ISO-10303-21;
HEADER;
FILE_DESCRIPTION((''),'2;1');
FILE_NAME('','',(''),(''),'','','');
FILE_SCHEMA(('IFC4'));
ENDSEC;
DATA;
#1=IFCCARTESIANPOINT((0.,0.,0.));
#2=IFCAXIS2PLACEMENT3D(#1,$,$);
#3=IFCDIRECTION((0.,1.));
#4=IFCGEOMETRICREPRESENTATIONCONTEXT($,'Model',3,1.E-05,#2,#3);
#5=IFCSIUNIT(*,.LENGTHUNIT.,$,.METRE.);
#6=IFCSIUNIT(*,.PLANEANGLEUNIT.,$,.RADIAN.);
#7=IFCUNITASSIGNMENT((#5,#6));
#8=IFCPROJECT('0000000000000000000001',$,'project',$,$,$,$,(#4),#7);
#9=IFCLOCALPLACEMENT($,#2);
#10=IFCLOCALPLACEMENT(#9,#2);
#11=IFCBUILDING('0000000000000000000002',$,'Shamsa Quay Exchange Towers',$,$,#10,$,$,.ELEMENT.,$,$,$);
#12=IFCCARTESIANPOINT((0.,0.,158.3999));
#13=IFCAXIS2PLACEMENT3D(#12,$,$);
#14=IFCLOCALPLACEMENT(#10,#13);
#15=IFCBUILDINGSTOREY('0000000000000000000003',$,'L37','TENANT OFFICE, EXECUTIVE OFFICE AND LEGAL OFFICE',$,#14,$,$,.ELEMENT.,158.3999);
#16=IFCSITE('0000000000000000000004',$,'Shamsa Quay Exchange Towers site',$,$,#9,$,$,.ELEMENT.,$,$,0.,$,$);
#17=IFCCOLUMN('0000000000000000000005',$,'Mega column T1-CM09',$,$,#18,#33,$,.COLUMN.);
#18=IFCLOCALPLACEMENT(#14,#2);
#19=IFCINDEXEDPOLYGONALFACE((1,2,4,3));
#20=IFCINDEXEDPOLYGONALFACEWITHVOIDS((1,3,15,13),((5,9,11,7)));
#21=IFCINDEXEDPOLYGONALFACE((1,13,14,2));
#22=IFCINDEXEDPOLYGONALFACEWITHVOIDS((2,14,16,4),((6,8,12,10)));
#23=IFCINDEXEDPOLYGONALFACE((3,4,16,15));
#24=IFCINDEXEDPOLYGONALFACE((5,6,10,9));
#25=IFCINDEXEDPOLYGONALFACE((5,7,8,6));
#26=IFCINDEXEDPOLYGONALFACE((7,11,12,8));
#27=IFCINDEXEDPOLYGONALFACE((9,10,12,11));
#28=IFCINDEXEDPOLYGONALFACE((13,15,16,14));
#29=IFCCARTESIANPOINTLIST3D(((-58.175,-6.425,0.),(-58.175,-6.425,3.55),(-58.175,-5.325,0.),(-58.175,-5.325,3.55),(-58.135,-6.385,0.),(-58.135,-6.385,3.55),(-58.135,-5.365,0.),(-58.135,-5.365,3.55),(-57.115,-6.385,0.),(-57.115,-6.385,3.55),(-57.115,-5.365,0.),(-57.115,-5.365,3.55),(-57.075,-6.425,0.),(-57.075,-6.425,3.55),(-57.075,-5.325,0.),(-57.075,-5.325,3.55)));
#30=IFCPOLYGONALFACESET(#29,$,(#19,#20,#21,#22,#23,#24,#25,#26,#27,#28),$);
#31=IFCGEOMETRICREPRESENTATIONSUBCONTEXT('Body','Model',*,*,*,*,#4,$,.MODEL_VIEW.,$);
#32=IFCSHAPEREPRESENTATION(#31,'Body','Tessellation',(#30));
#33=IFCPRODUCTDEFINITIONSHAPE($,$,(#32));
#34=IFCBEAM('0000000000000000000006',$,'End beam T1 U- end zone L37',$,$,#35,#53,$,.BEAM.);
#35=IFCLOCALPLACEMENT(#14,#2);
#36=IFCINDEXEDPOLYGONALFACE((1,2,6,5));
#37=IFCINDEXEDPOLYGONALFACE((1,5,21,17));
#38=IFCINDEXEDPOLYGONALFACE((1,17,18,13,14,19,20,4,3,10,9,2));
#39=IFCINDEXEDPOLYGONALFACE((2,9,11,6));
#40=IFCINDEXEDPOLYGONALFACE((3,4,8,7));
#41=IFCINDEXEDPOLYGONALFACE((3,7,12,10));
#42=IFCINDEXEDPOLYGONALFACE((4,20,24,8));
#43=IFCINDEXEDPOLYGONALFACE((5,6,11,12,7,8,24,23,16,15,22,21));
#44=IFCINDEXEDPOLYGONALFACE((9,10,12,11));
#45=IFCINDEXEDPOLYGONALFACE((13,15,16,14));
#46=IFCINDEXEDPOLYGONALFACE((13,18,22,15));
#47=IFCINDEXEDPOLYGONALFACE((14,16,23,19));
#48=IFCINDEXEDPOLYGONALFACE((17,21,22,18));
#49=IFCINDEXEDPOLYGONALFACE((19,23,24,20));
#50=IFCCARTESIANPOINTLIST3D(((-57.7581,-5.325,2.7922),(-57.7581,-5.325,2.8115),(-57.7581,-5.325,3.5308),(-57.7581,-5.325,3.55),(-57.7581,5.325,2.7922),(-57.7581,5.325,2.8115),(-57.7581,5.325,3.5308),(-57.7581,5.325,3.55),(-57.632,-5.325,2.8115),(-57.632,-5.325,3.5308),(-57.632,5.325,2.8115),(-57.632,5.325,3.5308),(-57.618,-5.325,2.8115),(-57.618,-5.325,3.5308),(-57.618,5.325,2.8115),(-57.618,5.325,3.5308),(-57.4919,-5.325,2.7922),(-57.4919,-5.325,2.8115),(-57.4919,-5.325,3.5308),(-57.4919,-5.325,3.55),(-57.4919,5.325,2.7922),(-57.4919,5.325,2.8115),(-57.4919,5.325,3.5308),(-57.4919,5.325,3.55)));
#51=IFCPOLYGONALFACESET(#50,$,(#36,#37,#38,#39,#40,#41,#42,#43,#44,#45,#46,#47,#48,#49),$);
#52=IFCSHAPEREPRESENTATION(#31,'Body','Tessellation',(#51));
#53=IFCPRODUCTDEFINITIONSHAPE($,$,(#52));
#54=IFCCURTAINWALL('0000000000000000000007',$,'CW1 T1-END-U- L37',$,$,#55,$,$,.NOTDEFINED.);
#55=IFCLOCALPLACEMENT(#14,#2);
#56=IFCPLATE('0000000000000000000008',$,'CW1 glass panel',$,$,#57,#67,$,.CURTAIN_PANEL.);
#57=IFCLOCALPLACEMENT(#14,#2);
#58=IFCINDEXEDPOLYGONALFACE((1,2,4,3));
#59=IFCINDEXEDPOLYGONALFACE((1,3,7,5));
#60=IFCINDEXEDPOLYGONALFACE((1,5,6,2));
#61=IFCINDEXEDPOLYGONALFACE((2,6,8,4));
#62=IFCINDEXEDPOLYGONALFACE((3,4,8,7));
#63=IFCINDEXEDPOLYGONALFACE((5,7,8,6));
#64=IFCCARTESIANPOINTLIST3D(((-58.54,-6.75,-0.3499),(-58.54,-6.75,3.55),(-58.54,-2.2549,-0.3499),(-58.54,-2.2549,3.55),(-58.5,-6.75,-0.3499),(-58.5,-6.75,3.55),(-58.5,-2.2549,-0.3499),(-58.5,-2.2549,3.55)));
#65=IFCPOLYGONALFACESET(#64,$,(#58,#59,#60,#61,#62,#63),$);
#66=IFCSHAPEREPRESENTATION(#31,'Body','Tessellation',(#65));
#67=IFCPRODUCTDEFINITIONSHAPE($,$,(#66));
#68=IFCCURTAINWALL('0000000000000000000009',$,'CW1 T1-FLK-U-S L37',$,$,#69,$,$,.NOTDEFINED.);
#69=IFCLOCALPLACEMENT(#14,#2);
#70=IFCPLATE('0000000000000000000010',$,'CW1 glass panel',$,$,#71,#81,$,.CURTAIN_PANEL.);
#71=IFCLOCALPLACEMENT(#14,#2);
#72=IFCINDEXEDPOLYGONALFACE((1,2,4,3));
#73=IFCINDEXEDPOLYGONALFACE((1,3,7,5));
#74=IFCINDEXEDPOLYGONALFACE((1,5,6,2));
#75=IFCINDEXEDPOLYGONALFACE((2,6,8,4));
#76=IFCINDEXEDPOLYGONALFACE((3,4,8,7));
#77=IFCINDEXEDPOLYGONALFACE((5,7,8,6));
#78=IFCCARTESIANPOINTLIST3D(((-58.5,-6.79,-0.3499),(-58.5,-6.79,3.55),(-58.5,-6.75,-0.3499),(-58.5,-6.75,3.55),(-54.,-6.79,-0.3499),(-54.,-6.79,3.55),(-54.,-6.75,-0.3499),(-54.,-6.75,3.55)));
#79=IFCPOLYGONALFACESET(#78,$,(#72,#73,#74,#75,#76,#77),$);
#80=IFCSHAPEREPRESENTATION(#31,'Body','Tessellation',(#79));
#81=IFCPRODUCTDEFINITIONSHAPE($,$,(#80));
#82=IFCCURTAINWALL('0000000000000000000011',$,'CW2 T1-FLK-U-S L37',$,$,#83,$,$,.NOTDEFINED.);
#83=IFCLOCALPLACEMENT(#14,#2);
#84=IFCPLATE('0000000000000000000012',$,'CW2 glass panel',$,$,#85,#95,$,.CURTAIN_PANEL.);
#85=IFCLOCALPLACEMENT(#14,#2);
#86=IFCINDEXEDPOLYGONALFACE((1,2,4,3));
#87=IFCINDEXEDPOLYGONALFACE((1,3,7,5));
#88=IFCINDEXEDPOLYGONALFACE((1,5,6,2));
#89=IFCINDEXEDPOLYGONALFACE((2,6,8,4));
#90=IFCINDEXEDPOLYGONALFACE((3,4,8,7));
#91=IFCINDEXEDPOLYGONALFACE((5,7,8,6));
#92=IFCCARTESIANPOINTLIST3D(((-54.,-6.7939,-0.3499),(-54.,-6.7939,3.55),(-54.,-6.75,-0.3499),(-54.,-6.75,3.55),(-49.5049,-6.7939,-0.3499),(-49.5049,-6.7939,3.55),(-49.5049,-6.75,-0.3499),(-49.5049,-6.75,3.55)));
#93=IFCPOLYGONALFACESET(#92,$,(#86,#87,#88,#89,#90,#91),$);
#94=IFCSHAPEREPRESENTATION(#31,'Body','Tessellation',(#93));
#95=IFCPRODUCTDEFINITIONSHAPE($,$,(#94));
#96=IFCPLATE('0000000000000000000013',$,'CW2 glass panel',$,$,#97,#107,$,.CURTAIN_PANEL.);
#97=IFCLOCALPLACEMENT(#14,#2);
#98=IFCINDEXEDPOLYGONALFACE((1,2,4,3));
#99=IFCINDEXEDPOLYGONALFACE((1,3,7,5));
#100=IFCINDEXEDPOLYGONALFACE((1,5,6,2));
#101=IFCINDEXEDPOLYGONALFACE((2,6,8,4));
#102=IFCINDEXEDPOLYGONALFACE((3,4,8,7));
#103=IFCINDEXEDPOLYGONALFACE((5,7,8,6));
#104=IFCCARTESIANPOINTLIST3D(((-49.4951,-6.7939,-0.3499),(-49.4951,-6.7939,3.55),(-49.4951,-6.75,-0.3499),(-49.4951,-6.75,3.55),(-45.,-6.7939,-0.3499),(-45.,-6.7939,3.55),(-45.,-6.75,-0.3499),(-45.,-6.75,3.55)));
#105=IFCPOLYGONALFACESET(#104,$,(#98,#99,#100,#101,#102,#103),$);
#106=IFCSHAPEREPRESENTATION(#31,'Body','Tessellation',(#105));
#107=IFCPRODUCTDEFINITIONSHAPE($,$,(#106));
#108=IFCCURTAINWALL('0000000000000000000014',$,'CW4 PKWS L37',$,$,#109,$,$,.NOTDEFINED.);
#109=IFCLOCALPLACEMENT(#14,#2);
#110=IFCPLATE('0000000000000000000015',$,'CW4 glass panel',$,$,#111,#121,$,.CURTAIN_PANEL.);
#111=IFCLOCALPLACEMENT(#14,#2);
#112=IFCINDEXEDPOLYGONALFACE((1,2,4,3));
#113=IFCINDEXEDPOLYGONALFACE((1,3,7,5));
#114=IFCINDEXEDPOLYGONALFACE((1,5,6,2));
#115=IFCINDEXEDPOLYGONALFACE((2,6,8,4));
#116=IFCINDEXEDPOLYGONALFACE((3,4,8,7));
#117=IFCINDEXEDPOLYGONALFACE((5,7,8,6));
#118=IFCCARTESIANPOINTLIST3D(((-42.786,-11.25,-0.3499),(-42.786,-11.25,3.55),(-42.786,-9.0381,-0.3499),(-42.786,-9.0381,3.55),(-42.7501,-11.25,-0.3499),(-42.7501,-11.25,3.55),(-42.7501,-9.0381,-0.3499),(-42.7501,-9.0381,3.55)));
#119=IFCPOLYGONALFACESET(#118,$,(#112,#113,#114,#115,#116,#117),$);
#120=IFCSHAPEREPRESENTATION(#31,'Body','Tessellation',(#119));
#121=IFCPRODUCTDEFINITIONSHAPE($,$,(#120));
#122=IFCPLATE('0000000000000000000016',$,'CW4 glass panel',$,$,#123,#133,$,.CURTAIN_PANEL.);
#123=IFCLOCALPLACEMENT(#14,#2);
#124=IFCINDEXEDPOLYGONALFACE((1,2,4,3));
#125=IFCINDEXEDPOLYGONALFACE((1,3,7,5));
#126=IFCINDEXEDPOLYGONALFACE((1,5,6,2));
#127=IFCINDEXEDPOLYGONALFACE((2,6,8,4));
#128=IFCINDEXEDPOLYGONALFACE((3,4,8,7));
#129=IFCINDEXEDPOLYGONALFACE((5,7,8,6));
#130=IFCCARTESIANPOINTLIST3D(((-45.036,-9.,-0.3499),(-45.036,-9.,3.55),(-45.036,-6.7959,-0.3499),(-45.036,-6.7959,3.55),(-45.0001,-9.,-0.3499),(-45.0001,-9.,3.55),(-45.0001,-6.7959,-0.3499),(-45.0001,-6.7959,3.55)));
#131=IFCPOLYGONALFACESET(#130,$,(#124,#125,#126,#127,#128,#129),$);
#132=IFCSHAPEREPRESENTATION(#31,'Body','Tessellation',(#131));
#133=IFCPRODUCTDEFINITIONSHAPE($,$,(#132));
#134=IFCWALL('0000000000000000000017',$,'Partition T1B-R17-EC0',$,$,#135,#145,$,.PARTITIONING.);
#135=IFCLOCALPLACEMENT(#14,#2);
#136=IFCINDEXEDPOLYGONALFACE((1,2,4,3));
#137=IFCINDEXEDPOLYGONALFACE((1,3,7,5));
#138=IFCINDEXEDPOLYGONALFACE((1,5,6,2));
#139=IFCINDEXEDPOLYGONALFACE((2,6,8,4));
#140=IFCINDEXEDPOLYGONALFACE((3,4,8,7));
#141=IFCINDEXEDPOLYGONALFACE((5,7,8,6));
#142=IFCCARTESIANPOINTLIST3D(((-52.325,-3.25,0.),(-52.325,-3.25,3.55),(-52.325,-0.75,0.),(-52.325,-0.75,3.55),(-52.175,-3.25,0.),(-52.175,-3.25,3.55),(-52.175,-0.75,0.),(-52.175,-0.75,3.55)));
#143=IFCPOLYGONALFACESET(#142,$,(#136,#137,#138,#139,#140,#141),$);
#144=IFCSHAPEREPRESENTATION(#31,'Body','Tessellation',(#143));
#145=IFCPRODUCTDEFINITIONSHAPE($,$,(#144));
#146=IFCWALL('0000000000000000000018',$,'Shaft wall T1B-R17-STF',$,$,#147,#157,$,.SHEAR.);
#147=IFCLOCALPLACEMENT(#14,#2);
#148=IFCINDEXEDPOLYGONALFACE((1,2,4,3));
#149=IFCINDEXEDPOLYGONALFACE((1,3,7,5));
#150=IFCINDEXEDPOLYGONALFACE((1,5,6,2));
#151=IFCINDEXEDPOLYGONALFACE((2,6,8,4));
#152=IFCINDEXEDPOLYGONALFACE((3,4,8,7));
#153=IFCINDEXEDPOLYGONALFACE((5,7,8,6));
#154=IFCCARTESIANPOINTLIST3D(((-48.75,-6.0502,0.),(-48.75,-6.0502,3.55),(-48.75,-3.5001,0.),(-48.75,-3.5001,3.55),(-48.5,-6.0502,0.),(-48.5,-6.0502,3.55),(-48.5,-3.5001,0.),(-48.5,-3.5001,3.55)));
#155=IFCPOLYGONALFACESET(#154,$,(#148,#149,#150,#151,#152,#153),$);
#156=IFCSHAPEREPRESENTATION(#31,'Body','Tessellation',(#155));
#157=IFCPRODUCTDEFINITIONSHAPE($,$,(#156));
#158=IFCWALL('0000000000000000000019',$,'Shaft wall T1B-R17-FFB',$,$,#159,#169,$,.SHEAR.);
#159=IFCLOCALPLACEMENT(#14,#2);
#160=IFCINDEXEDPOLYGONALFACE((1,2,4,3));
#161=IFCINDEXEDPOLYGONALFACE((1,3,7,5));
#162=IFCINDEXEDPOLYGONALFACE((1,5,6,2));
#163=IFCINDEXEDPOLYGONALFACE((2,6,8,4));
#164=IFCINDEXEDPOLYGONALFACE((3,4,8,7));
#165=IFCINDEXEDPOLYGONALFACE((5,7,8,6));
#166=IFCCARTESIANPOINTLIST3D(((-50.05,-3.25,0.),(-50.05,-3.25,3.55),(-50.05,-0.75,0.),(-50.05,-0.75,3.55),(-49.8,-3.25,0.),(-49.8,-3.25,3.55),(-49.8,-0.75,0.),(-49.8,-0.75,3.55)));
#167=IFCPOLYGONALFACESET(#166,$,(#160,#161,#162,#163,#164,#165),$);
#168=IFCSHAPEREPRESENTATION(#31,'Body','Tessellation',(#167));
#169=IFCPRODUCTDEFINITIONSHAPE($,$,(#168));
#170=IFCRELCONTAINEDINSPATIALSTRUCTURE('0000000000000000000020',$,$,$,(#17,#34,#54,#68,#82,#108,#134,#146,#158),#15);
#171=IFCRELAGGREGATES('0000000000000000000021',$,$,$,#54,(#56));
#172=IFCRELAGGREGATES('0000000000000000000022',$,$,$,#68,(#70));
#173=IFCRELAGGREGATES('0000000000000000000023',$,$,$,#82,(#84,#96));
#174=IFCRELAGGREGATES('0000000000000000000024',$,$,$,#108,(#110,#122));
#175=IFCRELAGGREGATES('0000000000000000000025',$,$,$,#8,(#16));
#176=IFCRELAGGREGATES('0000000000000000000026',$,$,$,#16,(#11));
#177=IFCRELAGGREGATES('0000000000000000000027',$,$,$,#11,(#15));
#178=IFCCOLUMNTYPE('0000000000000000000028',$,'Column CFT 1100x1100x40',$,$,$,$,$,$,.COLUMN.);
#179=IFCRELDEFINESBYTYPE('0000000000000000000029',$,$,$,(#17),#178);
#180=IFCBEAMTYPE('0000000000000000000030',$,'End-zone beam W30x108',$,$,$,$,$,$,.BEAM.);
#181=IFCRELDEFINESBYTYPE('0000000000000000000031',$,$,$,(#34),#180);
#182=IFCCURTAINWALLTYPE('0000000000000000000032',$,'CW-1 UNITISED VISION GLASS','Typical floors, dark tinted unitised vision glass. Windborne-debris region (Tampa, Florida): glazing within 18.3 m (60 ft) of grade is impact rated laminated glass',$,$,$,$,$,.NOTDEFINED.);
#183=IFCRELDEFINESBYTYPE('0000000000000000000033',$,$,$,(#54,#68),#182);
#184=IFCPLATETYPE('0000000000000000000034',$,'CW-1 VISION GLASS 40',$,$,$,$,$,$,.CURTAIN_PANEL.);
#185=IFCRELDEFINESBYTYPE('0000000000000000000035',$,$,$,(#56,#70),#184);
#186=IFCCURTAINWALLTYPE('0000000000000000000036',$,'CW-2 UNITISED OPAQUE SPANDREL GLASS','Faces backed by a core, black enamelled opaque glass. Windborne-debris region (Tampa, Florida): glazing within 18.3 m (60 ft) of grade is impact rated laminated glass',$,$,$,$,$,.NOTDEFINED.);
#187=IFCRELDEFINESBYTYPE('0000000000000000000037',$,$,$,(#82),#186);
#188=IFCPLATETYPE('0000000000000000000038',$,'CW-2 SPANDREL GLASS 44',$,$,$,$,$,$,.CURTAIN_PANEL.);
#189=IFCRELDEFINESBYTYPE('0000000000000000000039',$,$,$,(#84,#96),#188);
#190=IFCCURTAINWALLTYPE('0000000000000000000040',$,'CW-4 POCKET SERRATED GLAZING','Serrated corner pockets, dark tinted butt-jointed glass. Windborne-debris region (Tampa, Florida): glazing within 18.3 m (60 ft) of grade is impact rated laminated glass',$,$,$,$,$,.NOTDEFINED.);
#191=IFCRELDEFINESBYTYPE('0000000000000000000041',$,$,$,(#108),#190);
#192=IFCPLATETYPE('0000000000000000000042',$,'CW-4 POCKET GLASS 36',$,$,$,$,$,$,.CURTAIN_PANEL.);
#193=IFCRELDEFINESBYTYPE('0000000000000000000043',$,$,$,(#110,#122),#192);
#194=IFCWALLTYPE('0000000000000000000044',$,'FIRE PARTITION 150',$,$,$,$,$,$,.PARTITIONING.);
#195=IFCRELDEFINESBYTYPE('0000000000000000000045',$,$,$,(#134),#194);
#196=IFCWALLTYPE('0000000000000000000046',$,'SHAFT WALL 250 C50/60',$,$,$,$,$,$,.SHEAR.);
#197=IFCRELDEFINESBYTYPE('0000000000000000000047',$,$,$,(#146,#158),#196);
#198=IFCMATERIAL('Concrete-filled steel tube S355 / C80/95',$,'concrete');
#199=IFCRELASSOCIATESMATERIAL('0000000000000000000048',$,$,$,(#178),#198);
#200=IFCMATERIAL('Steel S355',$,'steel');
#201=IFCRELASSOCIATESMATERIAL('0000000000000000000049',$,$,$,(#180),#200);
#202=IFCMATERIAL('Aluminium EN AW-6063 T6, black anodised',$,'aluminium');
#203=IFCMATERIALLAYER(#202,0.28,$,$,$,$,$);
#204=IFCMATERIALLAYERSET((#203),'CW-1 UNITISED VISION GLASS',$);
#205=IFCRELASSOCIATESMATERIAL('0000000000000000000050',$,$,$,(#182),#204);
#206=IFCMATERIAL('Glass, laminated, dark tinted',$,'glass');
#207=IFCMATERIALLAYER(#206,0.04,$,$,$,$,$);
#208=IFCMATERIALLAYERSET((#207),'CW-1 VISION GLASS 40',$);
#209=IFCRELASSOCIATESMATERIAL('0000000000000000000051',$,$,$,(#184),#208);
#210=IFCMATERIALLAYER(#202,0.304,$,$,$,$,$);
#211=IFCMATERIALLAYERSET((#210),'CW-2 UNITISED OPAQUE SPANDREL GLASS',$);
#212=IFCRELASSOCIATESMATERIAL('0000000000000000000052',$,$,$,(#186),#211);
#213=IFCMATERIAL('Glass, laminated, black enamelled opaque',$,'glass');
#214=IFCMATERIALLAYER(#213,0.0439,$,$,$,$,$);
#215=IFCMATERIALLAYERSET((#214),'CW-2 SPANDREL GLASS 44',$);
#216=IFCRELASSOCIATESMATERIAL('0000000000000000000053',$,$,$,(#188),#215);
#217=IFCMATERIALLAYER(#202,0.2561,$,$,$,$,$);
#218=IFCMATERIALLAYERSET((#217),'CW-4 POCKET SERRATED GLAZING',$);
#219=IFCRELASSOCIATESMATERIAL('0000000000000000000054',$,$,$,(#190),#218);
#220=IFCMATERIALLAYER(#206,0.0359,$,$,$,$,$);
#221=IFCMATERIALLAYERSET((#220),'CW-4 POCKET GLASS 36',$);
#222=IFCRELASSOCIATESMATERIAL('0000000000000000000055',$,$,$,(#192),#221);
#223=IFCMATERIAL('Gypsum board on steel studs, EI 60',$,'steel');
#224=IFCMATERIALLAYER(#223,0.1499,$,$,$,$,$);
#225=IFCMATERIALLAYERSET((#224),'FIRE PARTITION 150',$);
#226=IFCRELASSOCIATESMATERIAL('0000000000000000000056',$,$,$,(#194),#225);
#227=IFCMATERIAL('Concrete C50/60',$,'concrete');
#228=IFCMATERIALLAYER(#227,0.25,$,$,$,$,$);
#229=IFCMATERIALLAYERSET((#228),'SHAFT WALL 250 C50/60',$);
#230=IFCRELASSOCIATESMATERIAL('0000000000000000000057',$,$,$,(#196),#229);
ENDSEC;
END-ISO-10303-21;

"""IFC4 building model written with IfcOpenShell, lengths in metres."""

from ifc_helpers import new_model, si_unit, direction, frame, frame_2d, origin, origin_2d, place, context, subcontext, project, spatial, rectangle, hollow_rectangle, i_section, extrude, material, layer, layer_set, material_profile, profile_set, type_object, element, aggregate, save


model = new_model("IFC4")

# Units and contexts
model_context = context("Model", 3, precision=1e-05, world=origin(), true_north=direction((0.0, 1.0)))
body_context = subcontext(model_context, "Body", "Model", "MODEL_VIEW")
ifc_project = project(units=[si_unit("LENGTHUNIT", "METRE"), si_unit("PLANEANGLEUNIT", "RADIAN")], contexts=[model_context])

# Site, building, storey
site_placement = place(None, origin())
site = spatial("IfcSite", under=ifc_project, at=site_placement, Name="Shamsa Quay Exchange Towers site", CompositionType="ELEMENT", RefElevation=0.0)
building_placement = place(site_placement, origin())
building = spatial("IfcBuilding", under=site, at=building_placement, Name="Shamsa Quay Exchange Towers", CompositionType="ELEMENT")
storey_placement = place(building_placement, frame((0.0, 0.0, 158.3999)))
storey = spatial("IfcBuildingStorey", under=building, at=storey_placement, Name="L37", Description="TENANT OFFICE, EXECUTIVE OFFICE AND LEGAL OFFICE", CompositionType="ELEMENT", Elevation=158.3999)

# Column
ifc_material_1 = material(Name="Concrete-filled steel tube S355 / C80/95", Category="concrete")
ifc_material_profile_1 = material_profile(ifc_material_1, hollow_rectangle(XDim=1.1001, YDim=1.1001, WallThickness=0.04, at=origin_2d()), Name="CFT 1100x1100x40")
ifc_profile_set_1 = profile_set([ifc_material_profile_1], Name="Concrete-filled steel tube S355 / C80/95")
column_type = type_object("IfcColumnType", Name="Column CFT 1100x1100x40", PredefinedType="COLUMN", material=ifc_profile_set_1)
column_placement = place(storey_placement, frame((-57.625, -5.875, 0.0)))
element("IfcColumn", 1, at=column_placement, inside=storey, type_object=column_type, Name="Mega column T1-CM09", PredefinedType="COLUMN", context=body_context, shape_type="SweptSolid", body=[
    extrude(hollow_rectangle(XDim=1.1001, YDim=1.1001, WallThickness=0.04, at=origin_2d()), origin(), (0.0, 0.0, 1.0), 3.55),
])

# Beam
ifc_material_2 = material(Name="Steel S355", Category="steel")
ifc_material_profile_2 = material_profile(ifc_material_2, i_section(OverallWidth=0.2661, OverallDepth=0.7578, WebThickness=0.0139, FlangeThickness=0.0193, at=origin_2d()), Name="W30x108")
ifc_profile_set_2 = profile_set([ifc_material_profile_2], Name="Steel S355")
beam_type = type_object("IfcBeamType", Name="End-zone beam W30x108", PredefinedType="BEAM", material=ifc_profile_set_2)
beam_placement = place(storey_placement, frame((-57.625, -5.325, 3.1711), z_axis=(0.0, 1.0, 0.0), x_axis=(-1.0, 0.0, 0.0)))
element("IfcBeam", 2, at=beam_placement, inside=storey, type_object=beam_type, Name="End beam T1 U- end zone L37", PredefinedType="BEAM", context=body_context, shape_type="SweptSolid", body=[
    extrude(i_section(OverallWidth=0.2661, OverallDepth=0.7578, WebThickness=0.0139, FlangeThickness=0.0193, at=origin_2d()), origin(), (0.0, 0.0, 1.0), 10.6499),
])

# Curtain walls, plates
ifc_material_3 = material(Name="Aluminium EN AW-6063 T6, black anodised", Category="aluminium")
ifc_layer_1 = layer(ifc_material_3, 0.28)
ifc_layer_set_1 = layer_set([ifc_layer_1], Name="CW-1 UNITISED VISION GLASS")
curtain_wall_type_1 = type_object("IfcCurtainWallType", Name="CW-1 UNITISED VISION GLASS", Description="Typical floors, dark tinted unitised vision glass. Windborne-debris region (Tampa, Florida): glazing within 18.3 m (60 ft) of grade is impact rated laminated glass", PredefinedType="NOTDEFINED", material=ifc_layer_set_1)
curtain_wall_1_placement = place(storey_placement, origin())
curtain_wall_1 = element("IfcCurtainWall", 3, at=curtain_wall_1_placement, inside=storey, type_object=curtain_wall_type_1, Name="CW1 T1-END-U- L37", PredefinedType="NOTDEFINED")
ifc_material_4 = material(Name="Glass, laminated, dark tinted", Category="glass")
ifc_layer_2 = layer(ifc_material_4, 0.04)
ifc_layer_set_2 = layer_set([ifc_layer_2], Name="CW-1 VISION GLASS 40")
plate_type_1 = type_object("IfcPlateType", Name="CW-1 VISION GLASS 40", PredefinedType="CURTAIN_PANEL", material=ifc_layer_set_2)
plate_1_placement = place(storey_placement, frame((-58.52, -4.5024, -0.3499), z_axis=(0.0, 0.0, 1.0), x_axis=(0.0, -1.0, 0.0)))
plate_1 = element("IfcPlate", 4, at=plate_1_placement, type_object=plate_type_1, Name="CW1 glass panel", PredefinedType="CURTAIN_PANEL", context=body_context, shape_type="SweptSolid", body=[
    extrude(rectangle(XDim=4.4951, YDim=0.04, at=origin_2d()), origin(), (0.0, 0.0, 1.0), 3.8999),
])
aggregate(curtain_wall_1, [plate_1])
curtain_wall_2_placement = place(storey_placement, origin())
curtain_wall_2 = element("IfcCurtainWall", 5, at=curtain_wall_2_placement, inside=storey, type_object=curtain_wall_type_1, Name="CW1 T1-FLK-U-S L37", PredefinedType="NOTDEFINED")
plate_2_placement = place(storey_placement, frame((-56.25, -6.77, -0.3499)))
plate_2 = element("IfcPlate", 6, at=plate_2_placement, type_object=plate_type_1, Name="CW1 glass panel", PredefinedType="CURTAIN_PANEL", context=body_context, shape_type="SweptSolid", body=[
    extrude(rectangle(XDim=4.5, YDim=0.04, at=origin_2d()), origin(), (0.0, 0.0, 1.0), 3.8999),
])
aggregate(curtain_wall_2, [plate_2])

# Curtain walls, plates
ifc_layer_3 = layer(ifc_material_3, 0.304)
ifc_layer_set_3 = layer_set([ifc_layer_3], Name="CW-2 UNITISED OPAQUE SPANDREL GLASS")
curtain_wall_type_2 = type_object("IfcCurtainWallType", Name="CW-2 UNITISED OPAQUE SPANDREL GLASS", Description="Faces backed by a core, black enamelled opaque glass. Windborne-debris region (Tampa, Florida): glazing within 18.3 m (60 ft) of grade is impact rated laminated glass", PredefinedType="NOTDEFINED", material=ifc_layer_set_3)
curtain_wall_3_placement = place(storey_placement, origin())
curtain_wall_3 = element("IfcCurtainWall", 7, at=curtain_wall_3_placement, inside=storey, type_object=curtain_wall_type_2, Name="CW2 T1-FLK-U-S L37", PredefinedType="NOTDEFINED")
ifc_material_5 = material(Name="Glass, laminated, black enamelled opaque", Category="glass")
ifc_layer_4 = layer(ifc_material_5, 0.0439)
ifc_layer_set_4 = layer_set([ifc_layer_4], Name="CW-2 SPANDREL GLASS 44")
plate_type_2 = type_object("IfcPlateType", Name="CW-2 SPANDREL GLASS 44", PredefinedType="CURTAIN_PANEL", material=ifc_layer_set_4)
plate_3_placement = place(storey_placement, frame((-51.7524, -6.772, -0.3499)))
plate_3 = element("IfcPlate", 8, at=plate_3_placement, type_object=plate_type_2, Name="CW2 glass panel", PredefinedType="CURTAIN_PANEL", context=body_context, shape_type="SweptSolid", body=[
    extrude(rectangle(XDim=4.4951, YDim=0.0439, at=origin_2d()), origin(), (0.0, 0.0, 1.0), 3.8999),
])
plate_4_placement = place(storey_placement, frame((-47.2476, -6.772, -0.3499)))
plate_4 = element("IfcPlate", 9, at=plate_4_placement, type_object=plate_type_2, Name="CW2 glass panel", PredefinedType="CURTAIN_PANEL", context=body_context, shape_type="SweptSolid", body=[
    extrude(rectangle(XDim=4.4951, YDim=0.0439, at=origin_2d()), origin(), (0.0, 0.0, 1.0), 3.8999),
])
aggregate(curtain_wall_3, [plate_3, plate_4])
ifc_layer_5 = layer(ifc_material_3, 0.2561)
ifc_layer_set_5 = layer_set([ifc_layer_5], Name="CW-4 POCKET SERRATED GLAZING")
curtain_wall_type_3 = type_object("IfcCurtainWallType", Name="CW-4 POCKET SERRATED GLAZING", Description="Serrated corner pockets, dark tinted butt-jointed glass. Windborne-debris region (Tampa, Florida): glazing within 18.3 m (60 ft) of grade is impact rated laminated glass", PredefinedType="NOTDEFINED", material=ifc_layer_set_5)
curtain_wall_4_placement = place(storey_placement, origin())
curtain_wall_4 = element("IfcCurtainWall", 10, at=curtain_wall_4_placement, inside=storey, type_object=curtain_wall_type_3, Name="CW4 PKWS L37", PredefinedType="NOTDEFINED")
ifc_layer_6 = layer(ifc_material_4, 0.0359)
ifc_layer_set_6 = layer_set([ifc_layer_6], Name="CW-4 POCKET GLASS 36")
plate_type_3 = type_object("IfcPlateType", Name="CW-4 POCKET GLASS 36", PredefinedType="CURTAIN_PANEL", material=ifc_layer_set_6)
plate_5_placement = place(storey_placement, frame((-42.7681, -10.144, -0.3499), z_axis=(0.0, 0.0, 1.0), x_axis=(0.0, -1.0, 0.0)))
plate_5 = element("IfcPlate", 11, at=plate_5_placement, type_object=plate_type_3, Name="CW4 glass panel", PredefinedType="CURTAIN_PANEL", context=body_context, shape_type="SweptSolid", body=[
    extrude(rectangle(XDim=2.2119, YDim=0.0359, at=origin_2d()), origin(), (0.0, 0.0, 1.0), 3.8999),
])
plate_6_placement = place(storey_placement, frame((-45.0181, -7.8979, -0.3499), z_axis=(0.0, 0.0, 1.0), x_axis=(0.0, -1.0, 0.0)))
plate_6 = element("IfcPlate", 12, at=plate_6_placement, type_object=plate_type_3, Name="CW4 glass panel", PredefinedType="CURTAIN_PANEL", context=body_context, shape_type="SweptSolid", body=[
    extrude(rectangle(XDim=2.2041, YDim=0.0359, at=origin_2d()), origin(), (0.0, 0.0, 1.0), 3.8999),
])
aggregate(curtain_wall_4, [plate_5, plate_6])

# Walls
ifc_material_6 = material(Name="Gypsum board on steel studs, EI 60", Category="steel")
ifc_layer_7 = layer(ifc_material_6, 0.1499)
ifc_layer_set_7 = layer_set([ifc_layer_7], Name="FIRE PARTITION 150")
wall_type_1 = type_object("IfcWallType", Name="FIRE PARTITION 150", PredefinedType="PARTITIONING", material=ifc_layer_set_7)
wall_1_placement = place(storey_placement, frame((-52.25, -3.25, 0.0), z_axis=(0.0, 0.0, 1.0), x_axis=(0.0, 1.0, 0.0)))
element("IfcWall", 13, at=wall_1_placement, inside=storey, type_object=wall_type_1, Name="Partition T1B-R17-EC0", PredefinedType="PARTITIONING", context=body_context, shape_type="SweptSolid", body=[
    extrude(rectangle(XDim=2.5, YDim=0.1499, at=frame_2d((1.25, 0.0))), origin(), (0.0, 0.0, 1.0), 3.55),
])
ifc_material_7 = material(Name="Concrete C50/60", Category="concrete")
ifc_layer_8 = layer(ifc_material_7, 0.25)
ifc_layer_set_8 = layer_set([ifc_layer_8], Name="SHAFT WALL 250 C50/60")
wall_type_2 = type_object("IfcWallType", Name="SHAFT WALL 250 C50/60", PredefinedType="SHEAR", material=ifc_layer_set_8)
wall_2_placement = place(storey_placement, frame((-48.625, -6.05, 0.0), z_axis=(0.0, 0.0, 1.0), x_axis=(0.0, 1.0, 0.0)))
element("IfcWall", 14, at=wall_2_placement, inside=storey, type_object=wall_type_2, Name="Shaft wall T1B-R17-STF", PredefinedType="SHEAR", context=body_context, shape_type="SweptSolid", body=[
    extrude(rectangle(XDim=2.55, YDim=0.25, at=frame_2d((1.2749, 0.0))), origin(), (0.0, 0.0, 1.0), 3.55),
])

# Wall
wall_3_placement = place(storey_placement, frame((-49.925, -3.25, 0.0), z_axis=(0.0, 0.0, 1.0), x_axis=(0.0, 1.0, 0.0)))
element("IfcWall", 15, at=wall_3_placement, inside=storey, type_object=wall_type_2, Name="Shaft wall T1B-R17-FFB", PredefinedType="SHEAR", context=body_context, shape_type="SweptSolid", body=[
    extrude(rectangle(XDim=2.5, YDim=0.25, at=frame_2d((1.25, 0.0))), origin(), (0.0, 0.0, 1.0), 3.55),
])

save(model, "model.ifc")
